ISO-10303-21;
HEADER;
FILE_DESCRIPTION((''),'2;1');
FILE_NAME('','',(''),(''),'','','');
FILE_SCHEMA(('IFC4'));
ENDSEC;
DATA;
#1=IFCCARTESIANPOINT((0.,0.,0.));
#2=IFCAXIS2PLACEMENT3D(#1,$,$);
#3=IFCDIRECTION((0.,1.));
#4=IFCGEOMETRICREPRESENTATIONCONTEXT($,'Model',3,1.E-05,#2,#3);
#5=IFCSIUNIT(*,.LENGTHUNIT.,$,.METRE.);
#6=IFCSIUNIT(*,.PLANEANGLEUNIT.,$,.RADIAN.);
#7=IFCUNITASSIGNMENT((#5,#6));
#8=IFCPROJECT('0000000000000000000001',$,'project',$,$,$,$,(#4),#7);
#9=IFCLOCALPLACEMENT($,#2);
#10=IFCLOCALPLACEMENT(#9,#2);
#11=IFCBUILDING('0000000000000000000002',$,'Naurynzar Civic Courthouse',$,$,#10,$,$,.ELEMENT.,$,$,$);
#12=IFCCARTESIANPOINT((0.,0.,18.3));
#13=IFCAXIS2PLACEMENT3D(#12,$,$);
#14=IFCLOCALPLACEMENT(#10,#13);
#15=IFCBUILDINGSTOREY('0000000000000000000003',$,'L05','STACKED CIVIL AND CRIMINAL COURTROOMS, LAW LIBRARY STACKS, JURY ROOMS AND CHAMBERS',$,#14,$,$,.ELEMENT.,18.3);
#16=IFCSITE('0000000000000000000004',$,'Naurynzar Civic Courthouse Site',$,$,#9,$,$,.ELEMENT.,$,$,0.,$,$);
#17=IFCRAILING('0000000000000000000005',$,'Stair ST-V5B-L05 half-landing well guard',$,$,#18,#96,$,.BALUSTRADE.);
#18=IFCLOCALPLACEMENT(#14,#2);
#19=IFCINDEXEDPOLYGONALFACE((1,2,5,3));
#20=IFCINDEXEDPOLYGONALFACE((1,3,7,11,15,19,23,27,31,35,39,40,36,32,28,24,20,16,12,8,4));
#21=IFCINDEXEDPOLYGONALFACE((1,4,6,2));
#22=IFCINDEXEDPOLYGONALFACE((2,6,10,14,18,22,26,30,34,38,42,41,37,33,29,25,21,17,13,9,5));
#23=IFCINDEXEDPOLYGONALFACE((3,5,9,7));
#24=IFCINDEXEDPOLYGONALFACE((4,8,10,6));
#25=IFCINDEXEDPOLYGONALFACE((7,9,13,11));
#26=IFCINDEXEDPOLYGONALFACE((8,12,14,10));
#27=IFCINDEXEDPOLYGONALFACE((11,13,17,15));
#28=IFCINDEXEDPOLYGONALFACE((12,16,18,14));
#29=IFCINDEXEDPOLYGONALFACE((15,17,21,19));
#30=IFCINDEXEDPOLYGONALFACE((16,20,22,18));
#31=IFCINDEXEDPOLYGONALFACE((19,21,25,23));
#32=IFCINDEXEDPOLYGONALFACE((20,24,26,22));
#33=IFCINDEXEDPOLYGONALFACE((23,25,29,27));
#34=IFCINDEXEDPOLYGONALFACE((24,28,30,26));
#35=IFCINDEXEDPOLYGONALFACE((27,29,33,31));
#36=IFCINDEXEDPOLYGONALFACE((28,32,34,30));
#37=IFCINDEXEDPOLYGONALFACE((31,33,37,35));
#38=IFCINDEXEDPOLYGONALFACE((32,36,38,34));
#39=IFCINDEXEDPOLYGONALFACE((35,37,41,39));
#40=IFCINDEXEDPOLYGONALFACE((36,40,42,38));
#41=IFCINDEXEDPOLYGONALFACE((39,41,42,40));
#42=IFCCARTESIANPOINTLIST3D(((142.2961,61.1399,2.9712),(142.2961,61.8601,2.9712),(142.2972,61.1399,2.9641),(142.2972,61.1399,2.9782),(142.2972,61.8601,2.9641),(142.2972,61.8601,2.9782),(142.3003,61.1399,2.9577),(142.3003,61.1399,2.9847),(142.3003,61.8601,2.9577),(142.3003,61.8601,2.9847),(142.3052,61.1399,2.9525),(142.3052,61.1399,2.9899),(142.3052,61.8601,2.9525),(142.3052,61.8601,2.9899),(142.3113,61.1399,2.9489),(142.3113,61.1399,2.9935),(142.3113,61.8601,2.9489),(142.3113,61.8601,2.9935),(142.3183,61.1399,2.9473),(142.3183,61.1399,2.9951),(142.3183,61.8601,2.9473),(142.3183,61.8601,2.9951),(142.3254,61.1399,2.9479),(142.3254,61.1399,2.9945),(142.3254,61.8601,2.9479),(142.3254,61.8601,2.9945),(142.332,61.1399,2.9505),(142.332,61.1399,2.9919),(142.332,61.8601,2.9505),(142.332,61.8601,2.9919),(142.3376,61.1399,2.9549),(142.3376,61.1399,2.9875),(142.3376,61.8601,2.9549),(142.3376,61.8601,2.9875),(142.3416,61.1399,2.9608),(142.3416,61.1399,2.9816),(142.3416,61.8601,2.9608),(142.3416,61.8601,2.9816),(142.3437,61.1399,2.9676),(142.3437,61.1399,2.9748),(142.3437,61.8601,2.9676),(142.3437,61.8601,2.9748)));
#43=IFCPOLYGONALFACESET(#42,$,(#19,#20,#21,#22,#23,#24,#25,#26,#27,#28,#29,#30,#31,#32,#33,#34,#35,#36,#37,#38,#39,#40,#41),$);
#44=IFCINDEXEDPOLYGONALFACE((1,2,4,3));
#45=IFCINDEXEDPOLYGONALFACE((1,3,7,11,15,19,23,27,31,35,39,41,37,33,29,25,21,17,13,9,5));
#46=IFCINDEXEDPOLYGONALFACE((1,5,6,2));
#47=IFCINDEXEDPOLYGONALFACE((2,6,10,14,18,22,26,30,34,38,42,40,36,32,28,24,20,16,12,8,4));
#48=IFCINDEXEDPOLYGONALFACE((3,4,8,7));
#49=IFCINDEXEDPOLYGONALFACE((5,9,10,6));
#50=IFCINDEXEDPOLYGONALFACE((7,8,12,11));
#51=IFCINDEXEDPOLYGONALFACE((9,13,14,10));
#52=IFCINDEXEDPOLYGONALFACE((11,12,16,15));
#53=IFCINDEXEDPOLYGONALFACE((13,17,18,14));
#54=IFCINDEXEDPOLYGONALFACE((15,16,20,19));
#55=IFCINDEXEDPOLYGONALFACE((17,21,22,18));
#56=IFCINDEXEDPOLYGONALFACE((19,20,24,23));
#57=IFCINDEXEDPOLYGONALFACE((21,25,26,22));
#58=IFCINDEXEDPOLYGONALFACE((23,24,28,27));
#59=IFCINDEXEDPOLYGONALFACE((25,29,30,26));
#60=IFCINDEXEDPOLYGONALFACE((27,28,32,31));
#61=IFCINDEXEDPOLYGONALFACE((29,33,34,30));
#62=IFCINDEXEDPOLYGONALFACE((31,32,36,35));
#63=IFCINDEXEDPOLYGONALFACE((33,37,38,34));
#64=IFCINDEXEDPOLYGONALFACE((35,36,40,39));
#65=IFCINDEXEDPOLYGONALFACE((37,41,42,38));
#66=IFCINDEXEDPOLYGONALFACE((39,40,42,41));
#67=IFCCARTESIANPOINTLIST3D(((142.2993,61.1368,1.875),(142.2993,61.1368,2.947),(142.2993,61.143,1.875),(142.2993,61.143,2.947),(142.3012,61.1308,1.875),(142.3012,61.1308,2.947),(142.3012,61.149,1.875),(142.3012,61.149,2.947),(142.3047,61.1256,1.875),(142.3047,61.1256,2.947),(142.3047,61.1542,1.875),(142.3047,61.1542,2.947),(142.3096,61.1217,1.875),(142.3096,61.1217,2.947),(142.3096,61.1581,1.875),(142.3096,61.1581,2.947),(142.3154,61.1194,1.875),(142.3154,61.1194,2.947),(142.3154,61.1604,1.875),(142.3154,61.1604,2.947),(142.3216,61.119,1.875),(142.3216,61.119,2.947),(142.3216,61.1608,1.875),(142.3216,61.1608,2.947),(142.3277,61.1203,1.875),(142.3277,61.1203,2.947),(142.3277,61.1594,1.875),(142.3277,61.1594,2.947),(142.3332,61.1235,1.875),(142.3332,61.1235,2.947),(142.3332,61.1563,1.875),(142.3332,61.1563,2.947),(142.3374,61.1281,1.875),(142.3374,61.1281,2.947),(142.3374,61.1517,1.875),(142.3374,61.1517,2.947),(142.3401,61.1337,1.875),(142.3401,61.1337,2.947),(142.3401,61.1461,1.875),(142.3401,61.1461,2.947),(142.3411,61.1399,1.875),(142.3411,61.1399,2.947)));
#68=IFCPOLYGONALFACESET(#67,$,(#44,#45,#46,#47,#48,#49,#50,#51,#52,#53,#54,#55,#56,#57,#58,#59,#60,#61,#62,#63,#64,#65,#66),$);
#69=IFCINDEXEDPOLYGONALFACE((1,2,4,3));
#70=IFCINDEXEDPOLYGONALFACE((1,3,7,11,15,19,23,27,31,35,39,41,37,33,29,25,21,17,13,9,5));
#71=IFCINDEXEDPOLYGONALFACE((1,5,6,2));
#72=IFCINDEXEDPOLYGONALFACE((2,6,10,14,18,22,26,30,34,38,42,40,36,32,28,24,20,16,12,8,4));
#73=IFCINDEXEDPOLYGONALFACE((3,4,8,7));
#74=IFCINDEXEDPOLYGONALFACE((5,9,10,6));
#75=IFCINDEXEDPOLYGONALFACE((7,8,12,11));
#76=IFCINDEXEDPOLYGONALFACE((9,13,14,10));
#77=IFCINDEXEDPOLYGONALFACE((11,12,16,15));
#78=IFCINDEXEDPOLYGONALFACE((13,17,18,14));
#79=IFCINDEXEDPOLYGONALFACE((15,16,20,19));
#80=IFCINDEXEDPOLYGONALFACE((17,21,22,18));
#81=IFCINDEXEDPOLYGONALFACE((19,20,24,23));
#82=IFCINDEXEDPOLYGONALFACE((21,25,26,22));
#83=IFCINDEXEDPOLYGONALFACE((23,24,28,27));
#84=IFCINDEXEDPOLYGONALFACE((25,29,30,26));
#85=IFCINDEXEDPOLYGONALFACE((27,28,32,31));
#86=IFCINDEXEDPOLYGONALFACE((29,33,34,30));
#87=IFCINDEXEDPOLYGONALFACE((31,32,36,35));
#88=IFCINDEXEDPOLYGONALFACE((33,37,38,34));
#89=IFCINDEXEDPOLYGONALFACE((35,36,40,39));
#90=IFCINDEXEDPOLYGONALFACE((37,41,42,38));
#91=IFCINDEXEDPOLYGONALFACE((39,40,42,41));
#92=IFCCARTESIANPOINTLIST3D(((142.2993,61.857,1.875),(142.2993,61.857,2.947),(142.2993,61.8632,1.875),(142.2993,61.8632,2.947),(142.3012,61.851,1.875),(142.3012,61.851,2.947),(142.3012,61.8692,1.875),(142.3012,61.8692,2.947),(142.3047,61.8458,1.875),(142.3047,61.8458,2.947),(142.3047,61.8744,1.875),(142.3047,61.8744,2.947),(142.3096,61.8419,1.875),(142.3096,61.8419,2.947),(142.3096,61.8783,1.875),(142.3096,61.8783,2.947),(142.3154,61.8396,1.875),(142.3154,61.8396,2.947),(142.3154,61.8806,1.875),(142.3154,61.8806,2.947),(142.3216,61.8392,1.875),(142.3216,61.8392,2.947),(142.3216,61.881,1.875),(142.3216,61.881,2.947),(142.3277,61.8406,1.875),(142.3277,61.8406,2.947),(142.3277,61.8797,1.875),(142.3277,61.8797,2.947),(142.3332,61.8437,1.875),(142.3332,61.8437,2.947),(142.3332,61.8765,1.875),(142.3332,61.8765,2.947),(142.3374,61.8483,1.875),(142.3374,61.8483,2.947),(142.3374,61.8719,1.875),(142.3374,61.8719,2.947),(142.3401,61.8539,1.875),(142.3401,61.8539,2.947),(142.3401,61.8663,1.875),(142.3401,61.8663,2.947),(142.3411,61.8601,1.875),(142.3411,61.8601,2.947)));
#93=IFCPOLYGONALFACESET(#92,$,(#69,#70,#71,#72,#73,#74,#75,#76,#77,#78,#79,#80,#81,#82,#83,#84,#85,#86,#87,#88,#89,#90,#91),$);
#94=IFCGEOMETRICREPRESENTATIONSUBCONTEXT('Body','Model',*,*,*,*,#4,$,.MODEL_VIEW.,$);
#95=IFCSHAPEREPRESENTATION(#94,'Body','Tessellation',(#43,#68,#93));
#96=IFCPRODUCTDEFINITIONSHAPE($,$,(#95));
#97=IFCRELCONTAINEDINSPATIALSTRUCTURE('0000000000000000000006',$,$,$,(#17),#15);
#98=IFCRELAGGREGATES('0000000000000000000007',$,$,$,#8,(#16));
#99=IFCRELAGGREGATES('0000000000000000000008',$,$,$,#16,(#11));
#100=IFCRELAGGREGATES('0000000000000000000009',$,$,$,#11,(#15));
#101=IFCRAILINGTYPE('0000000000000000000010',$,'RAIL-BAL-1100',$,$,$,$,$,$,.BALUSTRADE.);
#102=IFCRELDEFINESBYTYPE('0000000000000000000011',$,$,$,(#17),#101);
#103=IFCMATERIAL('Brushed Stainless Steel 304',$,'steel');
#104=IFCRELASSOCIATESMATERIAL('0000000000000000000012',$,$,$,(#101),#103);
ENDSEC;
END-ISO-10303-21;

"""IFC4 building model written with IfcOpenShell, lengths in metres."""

from ifc_helpers import new_model, si_unit, direction, frame, origin, origin_2d, place, context, subcontext, project, spatial, circle, extrude, material, type_object, element, save


model = new_model("IFC4")

# Units and contexts
model_context = context("Model", 3, precision=1e-05, world=origin(), true_north=direction((0.0, 1.0)))
body_context = subcontext(model_context, "Body", "Model", "MODEL_VIEW")
ifc_project = project(units=[si_unit("LENGTHUNIT", "METRE"), si_unit("PLANEANGLEUNIT", "RADIAN")], contexts=[model_context])

# Site, building, storey
site_placement = place(None, origin())
site = spatial("IfcSite", under=ifc_project, at=site_placement, Name="Naurynzar Civic Courthouse Site", CompositionType="ELEMENT", RefElevation=0.0)
building_placement = place(site_placement, origin())
building = spatial("IfcBuilding", under=site, at=building_placement, Name="Naurynzar Civic Courthouse", CompositionType="ELEMENT")
storey_placement = place(building_placement, frame((0.0, 0.0, 18.3)))
storey = spatial("IfcBuildingStorey", under=building, at=storey_placement, Name="L05", Description="STACKED CIVIL AND CRIMINAL COURTROOMS, LAW LIBRARY STACKS, JURY ROOMS AND CHAMBERS", CompositionType="ELEMENT", Elevation=18.3)

# Railing
ifc_material_1 = material(Name="Brushed Stainless Steel 304", Category="steel")
railing_type = type_object("IfcRailingType", Name="RAIL-BAL-1100", PredefinedType="BALUSTRADE", material=ifc_material_1)
railing_placement = place(storey_placement, frame((142.3201, 61.1399, 1.875)))
element("IfcRailing", 1, at=railing_placement, inside=storey, type_object=railing_type, Name="Stair ST-V5B-L05 half-landing well guard", PredefinedType="BALUSTRADE", context=body_context, shape_type="SweptSolid", body=[
    extrude(circle(Radius=0.0239, at=origin_2d()), frame((0.0, 0.0, 1.0962), z_axis=(0.0, 1.0, 0.0), x_axis=(-1.0, 0.0, 0.0)), (0.0, 0.0, 1.0), 0.7202),
    extrude(circle(Radius=0.021, at=origin_2d()), origin(), (0.0, 0.0, 1.0), 1.072),
    extrude(circle(Radius=0.021, at=origin_2d()), frame((0.0, 0.7202, 0.0)), (0.0, 0.0, 1.0), 1.072),
])

save(model, "model.ifc")
